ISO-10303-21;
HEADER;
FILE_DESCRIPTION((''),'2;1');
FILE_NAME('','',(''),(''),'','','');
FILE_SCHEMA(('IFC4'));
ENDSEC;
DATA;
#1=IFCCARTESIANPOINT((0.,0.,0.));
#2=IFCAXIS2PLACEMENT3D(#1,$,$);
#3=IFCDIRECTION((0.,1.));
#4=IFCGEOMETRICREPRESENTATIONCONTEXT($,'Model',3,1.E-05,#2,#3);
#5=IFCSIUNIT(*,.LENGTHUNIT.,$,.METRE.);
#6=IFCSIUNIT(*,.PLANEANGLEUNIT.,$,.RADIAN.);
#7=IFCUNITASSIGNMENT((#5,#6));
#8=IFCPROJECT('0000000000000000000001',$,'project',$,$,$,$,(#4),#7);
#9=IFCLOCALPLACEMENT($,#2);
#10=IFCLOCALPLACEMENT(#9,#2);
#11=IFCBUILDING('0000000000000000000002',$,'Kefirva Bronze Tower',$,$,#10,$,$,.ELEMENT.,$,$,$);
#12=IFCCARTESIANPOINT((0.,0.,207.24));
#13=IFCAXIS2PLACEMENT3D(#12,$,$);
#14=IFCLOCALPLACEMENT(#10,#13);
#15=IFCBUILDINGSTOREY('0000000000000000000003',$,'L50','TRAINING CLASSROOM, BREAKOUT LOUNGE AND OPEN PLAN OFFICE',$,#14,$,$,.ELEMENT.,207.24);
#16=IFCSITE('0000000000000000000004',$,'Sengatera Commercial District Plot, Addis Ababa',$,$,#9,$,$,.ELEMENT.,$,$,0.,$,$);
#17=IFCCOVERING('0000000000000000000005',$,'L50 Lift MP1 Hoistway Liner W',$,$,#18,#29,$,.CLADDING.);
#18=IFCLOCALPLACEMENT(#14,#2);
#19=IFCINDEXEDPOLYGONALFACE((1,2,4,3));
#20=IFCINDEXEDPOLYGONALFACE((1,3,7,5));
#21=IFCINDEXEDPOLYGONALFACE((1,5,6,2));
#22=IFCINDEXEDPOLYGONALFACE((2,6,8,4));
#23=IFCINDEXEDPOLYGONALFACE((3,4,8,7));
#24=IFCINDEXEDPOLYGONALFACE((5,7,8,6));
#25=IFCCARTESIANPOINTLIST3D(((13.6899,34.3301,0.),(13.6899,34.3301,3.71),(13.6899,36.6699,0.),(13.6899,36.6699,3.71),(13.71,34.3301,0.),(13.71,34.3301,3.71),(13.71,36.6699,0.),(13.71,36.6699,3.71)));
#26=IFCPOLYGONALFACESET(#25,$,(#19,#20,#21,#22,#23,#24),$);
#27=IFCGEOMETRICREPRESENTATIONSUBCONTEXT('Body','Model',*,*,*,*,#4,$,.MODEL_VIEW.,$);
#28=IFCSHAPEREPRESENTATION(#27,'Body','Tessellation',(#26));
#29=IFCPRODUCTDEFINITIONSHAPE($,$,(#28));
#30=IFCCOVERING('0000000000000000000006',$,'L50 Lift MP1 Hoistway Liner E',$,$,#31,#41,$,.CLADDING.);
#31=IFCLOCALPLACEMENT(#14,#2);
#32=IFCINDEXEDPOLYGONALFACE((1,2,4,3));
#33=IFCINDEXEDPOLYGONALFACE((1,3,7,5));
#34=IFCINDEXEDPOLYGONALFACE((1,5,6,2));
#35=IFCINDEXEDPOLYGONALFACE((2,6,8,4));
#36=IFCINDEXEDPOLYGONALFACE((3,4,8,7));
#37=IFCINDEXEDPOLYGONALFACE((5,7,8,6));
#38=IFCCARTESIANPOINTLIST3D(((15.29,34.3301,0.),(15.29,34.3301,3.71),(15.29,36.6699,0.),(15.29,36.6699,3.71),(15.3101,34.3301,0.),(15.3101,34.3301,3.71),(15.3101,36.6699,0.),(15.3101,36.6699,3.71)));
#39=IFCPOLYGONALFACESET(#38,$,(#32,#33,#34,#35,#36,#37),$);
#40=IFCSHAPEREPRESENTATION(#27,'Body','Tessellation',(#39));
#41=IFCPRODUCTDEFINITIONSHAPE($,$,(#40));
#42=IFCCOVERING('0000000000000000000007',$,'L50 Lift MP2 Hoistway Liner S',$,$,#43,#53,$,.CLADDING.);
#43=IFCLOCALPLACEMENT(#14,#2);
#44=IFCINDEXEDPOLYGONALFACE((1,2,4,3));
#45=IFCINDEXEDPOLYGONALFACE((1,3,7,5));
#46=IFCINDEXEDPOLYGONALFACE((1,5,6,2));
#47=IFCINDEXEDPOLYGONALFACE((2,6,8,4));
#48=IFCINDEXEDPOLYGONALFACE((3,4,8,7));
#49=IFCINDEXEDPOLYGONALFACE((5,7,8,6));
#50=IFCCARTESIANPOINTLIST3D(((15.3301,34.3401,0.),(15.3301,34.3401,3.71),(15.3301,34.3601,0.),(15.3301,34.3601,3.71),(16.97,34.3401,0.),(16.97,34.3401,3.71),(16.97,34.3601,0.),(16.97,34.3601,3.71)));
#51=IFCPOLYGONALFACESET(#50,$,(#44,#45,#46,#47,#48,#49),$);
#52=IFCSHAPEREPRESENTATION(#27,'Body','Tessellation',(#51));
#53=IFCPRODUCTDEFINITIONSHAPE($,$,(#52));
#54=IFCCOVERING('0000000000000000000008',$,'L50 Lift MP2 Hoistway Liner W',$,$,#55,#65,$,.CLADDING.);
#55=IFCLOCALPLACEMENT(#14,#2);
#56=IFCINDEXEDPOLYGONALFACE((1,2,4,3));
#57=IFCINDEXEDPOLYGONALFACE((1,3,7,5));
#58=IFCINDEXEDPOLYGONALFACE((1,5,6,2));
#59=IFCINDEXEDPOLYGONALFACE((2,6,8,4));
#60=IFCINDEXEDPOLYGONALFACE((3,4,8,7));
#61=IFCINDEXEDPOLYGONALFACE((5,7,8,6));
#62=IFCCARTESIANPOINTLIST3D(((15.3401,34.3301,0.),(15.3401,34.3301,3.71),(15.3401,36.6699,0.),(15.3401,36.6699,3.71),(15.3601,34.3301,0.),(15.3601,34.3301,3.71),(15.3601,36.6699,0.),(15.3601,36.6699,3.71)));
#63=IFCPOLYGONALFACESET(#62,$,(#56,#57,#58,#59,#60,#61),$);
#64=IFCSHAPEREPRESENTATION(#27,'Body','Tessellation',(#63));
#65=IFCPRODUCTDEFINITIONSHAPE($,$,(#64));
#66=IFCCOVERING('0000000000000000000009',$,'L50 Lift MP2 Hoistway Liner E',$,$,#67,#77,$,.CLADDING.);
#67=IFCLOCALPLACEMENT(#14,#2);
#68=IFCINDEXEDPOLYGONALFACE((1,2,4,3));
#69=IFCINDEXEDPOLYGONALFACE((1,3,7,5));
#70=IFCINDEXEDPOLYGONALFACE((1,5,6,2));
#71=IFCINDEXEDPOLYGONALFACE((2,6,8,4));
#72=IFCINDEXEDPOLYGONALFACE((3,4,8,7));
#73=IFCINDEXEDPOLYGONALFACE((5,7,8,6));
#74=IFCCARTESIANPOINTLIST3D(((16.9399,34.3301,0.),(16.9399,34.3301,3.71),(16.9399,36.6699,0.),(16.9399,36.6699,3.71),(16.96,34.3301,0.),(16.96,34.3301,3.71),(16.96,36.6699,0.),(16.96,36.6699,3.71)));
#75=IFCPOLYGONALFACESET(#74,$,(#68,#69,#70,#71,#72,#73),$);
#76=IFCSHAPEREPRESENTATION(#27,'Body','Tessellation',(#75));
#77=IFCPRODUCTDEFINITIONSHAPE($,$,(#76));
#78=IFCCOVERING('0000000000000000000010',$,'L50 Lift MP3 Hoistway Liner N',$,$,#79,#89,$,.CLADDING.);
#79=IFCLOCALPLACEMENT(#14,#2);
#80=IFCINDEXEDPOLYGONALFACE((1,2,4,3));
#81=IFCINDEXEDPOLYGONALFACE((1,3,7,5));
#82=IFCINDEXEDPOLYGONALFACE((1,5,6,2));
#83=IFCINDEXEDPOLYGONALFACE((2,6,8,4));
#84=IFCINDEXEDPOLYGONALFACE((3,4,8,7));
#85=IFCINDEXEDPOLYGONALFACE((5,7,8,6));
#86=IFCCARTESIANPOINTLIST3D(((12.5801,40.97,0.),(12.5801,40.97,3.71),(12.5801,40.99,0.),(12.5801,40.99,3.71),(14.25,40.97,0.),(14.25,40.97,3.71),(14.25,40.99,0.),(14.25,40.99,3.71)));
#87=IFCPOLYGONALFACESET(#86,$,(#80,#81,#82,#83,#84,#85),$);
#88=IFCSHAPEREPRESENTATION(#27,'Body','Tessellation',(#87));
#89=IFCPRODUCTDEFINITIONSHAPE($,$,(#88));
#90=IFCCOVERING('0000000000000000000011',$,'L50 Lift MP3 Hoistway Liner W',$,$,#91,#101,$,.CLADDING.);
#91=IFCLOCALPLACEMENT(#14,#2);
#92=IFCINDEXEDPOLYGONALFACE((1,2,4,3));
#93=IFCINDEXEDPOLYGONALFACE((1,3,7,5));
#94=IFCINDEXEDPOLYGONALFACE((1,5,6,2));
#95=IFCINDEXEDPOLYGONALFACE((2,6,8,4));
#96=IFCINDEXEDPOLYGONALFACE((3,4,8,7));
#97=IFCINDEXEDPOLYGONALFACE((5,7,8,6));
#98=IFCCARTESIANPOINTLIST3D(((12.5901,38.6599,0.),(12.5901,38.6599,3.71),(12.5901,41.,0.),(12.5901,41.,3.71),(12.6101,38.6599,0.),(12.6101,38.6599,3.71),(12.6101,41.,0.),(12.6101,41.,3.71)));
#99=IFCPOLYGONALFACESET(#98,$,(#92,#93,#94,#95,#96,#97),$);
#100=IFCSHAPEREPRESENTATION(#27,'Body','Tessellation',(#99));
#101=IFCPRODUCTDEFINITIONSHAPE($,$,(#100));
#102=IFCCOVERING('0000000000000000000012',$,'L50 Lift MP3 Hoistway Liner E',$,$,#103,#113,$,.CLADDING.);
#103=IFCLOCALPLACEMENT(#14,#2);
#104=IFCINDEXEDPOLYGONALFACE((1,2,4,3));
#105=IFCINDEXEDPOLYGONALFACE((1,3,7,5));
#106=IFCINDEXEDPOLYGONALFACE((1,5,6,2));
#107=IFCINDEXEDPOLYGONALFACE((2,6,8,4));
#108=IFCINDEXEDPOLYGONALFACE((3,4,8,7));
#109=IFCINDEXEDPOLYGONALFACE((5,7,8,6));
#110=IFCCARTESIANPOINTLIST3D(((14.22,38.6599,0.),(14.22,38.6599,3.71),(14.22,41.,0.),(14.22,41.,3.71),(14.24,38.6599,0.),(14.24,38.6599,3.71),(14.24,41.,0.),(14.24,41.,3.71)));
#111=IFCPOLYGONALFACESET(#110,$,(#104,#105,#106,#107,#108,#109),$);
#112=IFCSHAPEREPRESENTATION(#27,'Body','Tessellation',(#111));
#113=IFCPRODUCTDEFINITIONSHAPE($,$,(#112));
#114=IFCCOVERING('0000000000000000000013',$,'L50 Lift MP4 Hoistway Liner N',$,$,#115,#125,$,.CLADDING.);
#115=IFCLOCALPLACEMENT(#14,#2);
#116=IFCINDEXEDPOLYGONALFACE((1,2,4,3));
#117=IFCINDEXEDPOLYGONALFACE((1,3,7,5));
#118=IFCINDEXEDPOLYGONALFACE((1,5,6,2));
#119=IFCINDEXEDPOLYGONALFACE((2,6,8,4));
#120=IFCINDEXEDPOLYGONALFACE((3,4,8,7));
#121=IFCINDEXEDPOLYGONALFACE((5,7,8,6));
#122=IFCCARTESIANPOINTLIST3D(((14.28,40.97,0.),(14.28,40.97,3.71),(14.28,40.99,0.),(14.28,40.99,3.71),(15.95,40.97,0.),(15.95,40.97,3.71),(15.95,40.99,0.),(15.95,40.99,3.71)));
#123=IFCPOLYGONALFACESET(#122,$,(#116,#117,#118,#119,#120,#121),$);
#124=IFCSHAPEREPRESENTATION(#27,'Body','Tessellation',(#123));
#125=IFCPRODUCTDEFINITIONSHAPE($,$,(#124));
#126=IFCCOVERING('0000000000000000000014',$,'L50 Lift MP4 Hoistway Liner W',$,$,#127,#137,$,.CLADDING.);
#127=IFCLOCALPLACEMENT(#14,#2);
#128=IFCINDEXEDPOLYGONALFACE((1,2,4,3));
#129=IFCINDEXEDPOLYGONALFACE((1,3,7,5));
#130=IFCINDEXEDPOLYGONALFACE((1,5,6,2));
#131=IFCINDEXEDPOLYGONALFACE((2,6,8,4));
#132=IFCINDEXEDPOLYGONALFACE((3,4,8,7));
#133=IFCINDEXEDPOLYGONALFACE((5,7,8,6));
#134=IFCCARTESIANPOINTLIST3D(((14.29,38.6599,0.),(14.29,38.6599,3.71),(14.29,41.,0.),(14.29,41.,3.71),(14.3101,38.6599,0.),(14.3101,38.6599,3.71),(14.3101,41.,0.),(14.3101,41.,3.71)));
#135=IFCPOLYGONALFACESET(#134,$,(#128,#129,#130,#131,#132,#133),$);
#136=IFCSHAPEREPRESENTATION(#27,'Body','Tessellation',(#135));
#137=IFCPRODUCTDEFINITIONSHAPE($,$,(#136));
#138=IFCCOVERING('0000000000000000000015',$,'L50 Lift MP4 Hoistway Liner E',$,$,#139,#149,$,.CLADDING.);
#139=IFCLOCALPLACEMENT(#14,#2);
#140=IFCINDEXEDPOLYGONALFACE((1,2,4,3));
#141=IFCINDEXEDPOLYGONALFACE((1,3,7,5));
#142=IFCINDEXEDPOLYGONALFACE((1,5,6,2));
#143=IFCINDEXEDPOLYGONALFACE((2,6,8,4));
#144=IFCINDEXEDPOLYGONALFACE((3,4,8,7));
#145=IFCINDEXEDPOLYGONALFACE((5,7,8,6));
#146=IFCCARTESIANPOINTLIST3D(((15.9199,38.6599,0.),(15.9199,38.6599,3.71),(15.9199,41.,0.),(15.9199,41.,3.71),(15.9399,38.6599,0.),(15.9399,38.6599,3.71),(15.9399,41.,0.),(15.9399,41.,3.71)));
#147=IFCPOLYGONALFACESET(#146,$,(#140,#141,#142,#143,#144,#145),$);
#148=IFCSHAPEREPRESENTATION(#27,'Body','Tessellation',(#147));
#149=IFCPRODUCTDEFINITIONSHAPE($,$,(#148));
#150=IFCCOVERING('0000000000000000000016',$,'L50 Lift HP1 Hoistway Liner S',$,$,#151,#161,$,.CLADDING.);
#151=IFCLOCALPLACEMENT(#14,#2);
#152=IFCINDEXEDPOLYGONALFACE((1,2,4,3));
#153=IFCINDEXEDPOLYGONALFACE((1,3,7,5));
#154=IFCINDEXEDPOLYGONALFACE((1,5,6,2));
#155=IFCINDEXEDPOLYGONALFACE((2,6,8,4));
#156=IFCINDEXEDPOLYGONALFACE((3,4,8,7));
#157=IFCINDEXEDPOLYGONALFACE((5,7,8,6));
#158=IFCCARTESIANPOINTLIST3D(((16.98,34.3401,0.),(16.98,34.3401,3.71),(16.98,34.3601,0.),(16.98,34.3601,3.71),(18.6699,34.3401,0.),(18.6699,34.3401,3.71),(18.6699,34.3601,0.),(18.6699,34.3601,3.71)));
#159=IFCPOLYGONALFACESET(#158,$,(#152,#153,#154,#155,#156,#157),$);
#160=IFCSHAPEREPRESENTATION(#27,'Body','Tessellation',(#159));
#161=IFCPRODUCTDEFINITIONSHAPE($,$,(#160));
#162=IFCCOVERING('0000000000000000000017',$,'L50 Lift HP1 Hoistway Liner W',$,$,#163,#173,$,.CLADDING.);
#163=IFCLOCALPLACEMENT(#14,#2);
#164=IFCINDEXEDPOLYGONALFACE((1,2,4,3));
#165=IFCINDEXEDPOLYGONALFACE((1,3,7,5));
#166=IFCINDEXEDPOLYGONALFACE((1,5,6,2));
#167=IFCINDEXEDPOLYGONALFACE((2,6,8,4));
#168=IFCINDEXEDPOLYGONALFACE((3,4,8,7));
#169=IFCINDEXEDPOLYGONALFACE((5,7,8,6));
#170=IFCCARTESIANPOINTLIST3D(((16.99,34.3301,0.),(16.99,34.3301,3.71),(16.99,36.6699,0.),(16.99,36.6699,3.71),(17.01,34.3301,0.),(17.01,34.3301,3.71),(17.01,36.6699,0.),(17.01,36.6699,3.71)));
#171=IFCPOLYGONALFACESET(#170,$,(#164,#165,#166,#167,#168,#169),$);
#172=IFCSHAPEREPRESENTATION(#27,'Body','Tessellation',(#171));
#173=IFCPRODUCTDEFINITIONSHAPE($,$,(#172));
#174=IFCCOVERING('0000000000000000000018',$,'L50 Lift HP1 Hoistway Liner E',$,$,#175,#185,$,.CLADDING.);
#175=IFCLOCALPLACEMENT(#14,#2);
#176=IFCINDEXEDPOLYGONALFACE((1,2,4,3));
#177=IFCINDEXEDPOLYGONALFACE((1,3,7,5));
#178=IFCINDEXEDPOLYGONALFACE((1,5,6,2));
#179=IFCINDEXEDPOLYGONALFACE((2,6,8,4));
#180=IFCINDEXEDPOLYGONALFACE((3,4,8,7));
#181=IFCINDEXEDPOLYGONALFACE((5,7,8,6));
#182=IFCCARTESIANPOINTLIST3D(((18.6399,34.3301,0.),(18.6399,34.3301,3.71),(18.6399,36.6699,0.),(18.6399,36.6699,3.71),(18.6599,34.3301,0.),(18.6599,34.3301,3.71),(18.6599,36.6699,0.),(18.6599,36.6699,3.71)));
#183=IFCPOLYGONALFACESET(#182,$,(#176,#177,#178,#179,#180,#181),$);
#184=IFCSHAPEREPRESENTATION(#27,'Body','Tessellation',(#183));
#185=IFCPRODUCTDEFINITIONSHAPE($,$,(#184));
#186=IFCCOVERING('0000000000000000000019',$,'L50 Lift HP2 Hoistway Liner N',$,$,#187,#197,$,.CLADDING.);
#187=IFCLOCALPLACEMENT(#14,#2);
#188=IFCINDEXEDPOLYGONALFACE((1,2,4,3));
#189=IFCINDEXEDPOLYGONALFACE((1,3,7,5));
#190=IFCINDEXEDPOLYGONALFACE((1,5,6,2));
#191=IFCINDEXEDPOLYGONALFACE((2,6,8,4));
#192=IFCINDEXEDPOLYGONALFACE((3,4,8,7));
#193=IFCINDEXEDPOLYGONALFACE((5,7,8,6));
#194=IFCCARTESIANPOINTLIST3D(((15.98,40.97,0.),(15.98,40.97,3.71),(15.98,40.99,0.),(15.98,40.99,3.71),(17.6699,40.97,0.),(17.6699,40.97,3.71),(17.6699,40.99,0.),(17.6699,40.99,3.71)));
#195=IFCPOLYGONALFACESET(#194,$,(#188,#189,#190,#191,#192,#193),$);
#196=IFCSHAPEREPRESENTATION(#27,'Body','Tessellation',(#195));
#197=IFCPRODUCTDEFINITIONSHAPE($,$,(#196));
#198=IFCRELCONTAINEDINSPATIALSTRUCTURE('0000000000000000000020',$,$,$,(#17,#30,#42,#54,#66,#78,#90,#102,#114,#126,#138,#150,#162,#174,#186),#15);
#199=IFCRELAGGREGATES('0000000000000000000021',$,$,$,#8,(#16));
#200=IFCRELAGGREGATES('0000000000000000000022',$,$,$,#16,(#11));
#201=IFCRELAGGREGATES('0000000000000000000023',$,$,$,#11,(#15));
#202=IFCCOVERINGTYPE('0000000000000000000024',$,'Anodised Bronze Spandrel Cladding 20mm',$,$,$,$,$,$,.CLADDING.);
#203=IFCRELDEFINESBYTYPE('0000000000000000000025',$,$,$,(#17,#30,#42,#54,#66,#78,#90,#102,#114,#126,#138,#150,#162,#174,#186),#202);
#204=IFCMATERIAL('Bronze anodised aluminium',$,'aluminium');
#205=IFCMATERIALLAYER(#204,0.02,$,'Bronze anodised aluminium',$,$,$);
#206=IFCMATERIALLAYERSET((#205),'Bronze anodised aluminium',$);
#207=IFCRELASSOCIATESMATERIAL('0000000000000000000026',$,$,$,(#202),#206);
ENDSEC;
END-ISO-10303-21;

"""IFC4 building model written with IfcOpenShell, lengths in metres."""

from ifc_helpers import new_model, si_unit, direction, frame, origin, place, context, subcontext, project, spatial, polyline, outline, extrude, material, layer, layer_set, type_object, element, save


model = new_model("IFC4")

# Units and contexts
model_context = context("Model", 3, precision=1e-05, world=origin(), true_north=direction((0.0, 1.0)))
body_context = subcontext(model_context, "Body", "Model", "MODEL_VIEW")
ifc_project = project(units=[si_unit("LENGTHUNIT", "METRE"), si_unit("PLANEANGLEUNIT", "RADIAN")], contexts=[model_context])

# Site, building, storey
site_placement = place(None, origin())
site = spatial("IfcSite", under=ifc_project, at=site_placement, Name="Sengatera Commercial District Plot, Addis Ababa", CompositionType="ELEMENT", RefElevation=0.0)
building_placement = place(site_placement, origin())
building = spatial("IfcBuilding", under=site, at=building_placement, Name="Kefirva Bronze Tower", CompositionType="ELEMENT")
storey_placement = place(building_placement, frame((0.0, 0.0, 207.24)))
storey = spatial("IfcBuildingStorey", under=building, at=storey_placement, Name="L50", Description="TRAINING CLASSROOM, BREAKOUT LOUNGE AND OPEN PLAN OFFICE", CompositionType="ELEMENT", Elevation=207.24)

# Coverings
ifc_material = material(Name="Bronze anodised aluminium", Category="aluminium")
ifc_layer_1 = layer(ifc_material, 0.02, Name="Bronze anodised aluminium")
ifc_layer_set_1 = layer_set([ifc_layer_1], Name="Bronze anodised aluminium")
covering_type_1 = type_object("IfcCoveringType", Name="Anodised Bronze Spandrel Cladding 20mm", PredefinedType="CLADDING", material=ifc_layer_set_1)
covering_1_placement = place(storey_placement, origin())
element("IfcCovering", 1, at=covering_1_placement, inside=storey, type_object=covering_type_1, Name="L50 Lift MP1 Hoistway Liner W", PredefinedType="CLADDING", context=body_context, shape_type="SweptSolid", body=[
    extrude(outline(polyline([(13.6899, 34.3301), (13.71, 34.3301), (13.71, 36.6699), (13.6899, 36.6699), (13.6899, 34.3301)])), origin(), (0.0, 0.0, 1.0), 3.71),
])
covering_2_placement = place(storey_placement, origin())
element("IfcCovering", 2, at=covering_2_placement, inside=storey, type_object=covering_type_1, Name="L50 Lift MP1 Hoistway Liner E", PredefinedType="CLADDING", context=body_context, shape_type="SweptSolid", body=[
    extrude(outline(polyline([(15.29, 34.3301), (15.3101, 34.3301), (15.3101, 36.6699), (15.29, 36.6699), (15.29, 34.3301)])), origin(), (0.0, 0.0, 1.0), 3.71),
])
covering_3_placement = place(storey_placement, origin())
element("IfcCovering", 3, at=covering_3_placement, inside=storey, type_object=covering_type_1, Name="L50 Lift MP2 Hoistway Liner S", PredefinedType="CLADDING", context=body_context, shape_type="SweptSolid", body=[
    extrude(outline(polyline([(15.3301, 34.3401), (16.97, 34.3401), (16.97, 34.3601), (15.3301, 34.3601), (15.3301, 34.3401)])), origin(), (0.0, 0.0, 1.0), 3.71),
])
covering_4_placement = place(storey_placement, origin())
element("IfcCovering", 4, at=covering_4_placement, inside=storey, type_object=covering_type_1, Name="L50 Lift MP2 Hoistway Liner W", PredefinedType="CLADDING", context=body_context, shape_type="SweptSolid", body=[
    extrude(outline(polyline([(15.3401, 34.3301), (15.3601, 34.3301), (15.3601, 36.6699), (15.3401, 36.6699), (15.3401, 34.3301)])), origin(), (0.0, 0.0, 1.0), 3.71),
])
covering_5_placement = place(storey_placement, origin())
element("IfcCovering", 5, at=covering_5_placement, inside=storey, type_object=covering_type_1, Name="L50 Lift MP2 Hoistway Liner E", PredefinedType="CLADDING", context=body_context, shape_type="SweptSolid", body=[
    extrude(outline(polyline([(16.9399, 34.3301), (16.96, 34.3301), (16.96, 36.6699), (16.9399, 36.6699), (16.9399, 34.3301)])), origin(), (0.0, 0.0, 1.0), 3.71),
])
covering_6_placement = place(storey_placement, origin())
element("IfcCovering", 6, at=covering_6_placement, inside=storey, type_object=covering_type_1, Name="L50 Lift MP3 Hoistway Liner N", PredefinedType="CLADDING", context=body_context, shape_type="SweptSolid", body=[
    extrude(outline(polyline([(12.5801, 40.97), (14.25, 40.97), (14.25, 40.99), (12.5801, 40.99), (12.5801, 40.97)])), origin(), (0.0, 0.0, 1.0), 3.71),
])
covering_7_placement = place(storey_placement, origin())
element("IfcCovering", 7, at=covering_7_placement, inside=storey, type_object=covering_type_1, Name="L50 Lift MP3 Hoistway Liner W", PredefinedType="CLADDING", context=body_context, shape_type="SweptSolid", body=[
    extrude(outline(polyline([(12.5901, 38.6599), (12.6101, 38.6599), (12.6101, 41.0), (12.5901, 41.0), (12.5901, 38.6599)])), origin(), (0.0, 0.0, 1.0), 3.71),
])
covering_8_placement = place(storey_placement, origin())
element("IfcCovering", 8, at=covering_8_placement, inside=storey, type_object=covering_type_1, Name="L50 Lift MP3 Hoistway Liner E", PredefinedType="CLADDING", context=body_context, shape_type="SweptSolid", body=[
    extrude(outline(polyline([(14.22, 38.6599), (14.24, 38.6599), (14.24, 41.0), (14.22, 41.0), (14.22, 38.6599)])), origin(), (0.0, 0.0, 1.0), 3.71),
])
covering_9_placement = place(storey_placement, origin())
element("IfcCovering", 9, at=covering_9_placement, inside=storey, type_object=covering_type_1, Name="L50 Lift MP4 Hoistway Liner N", PredefinedType="CLADDING", context=body_context, shape_type="SweptSolid", body=[
    extrude(outline(polyline([(14.28, 40.97), (15.95, 40.97), (15.95, 40.99), (14.28, 40.99), (14.28, 40.97)])), origin(), (0.0, 0.0, 1.0), 3.71),
])
covering_10_placement = place(storey_placement, origin())
element("IfcCovering", 10, at=covering_10_placement, inside=storey, type_object=covering_type_1, Name="L50 Lift MP4 Hoistway Liner W", PredefinedType="CLADDING", context=body_context, shape_type="SweptSolid", body=[
    extrude(outline(polyline([(14.29, 38.6599), (14.3101, 38.6599), (14.3101, 41.0), (14.29, 41.0), (14.29, 38.6599)])), origin(), (0.0, 0.0, 1.0), 3.71),
])
covering_11_placement = place(storey_placement, origin())
element("IfcCovering", 11, at=covering_11_placement, inside=storey, type_object=covering_type_1, Name="L50 Lift MP4 Hoistway Liner E", PredefinedType="CLADDING", context=body_context, shape_type="SweptSolid", body=[
    extrude(outline(polyline([(15.9199, 38.6599), (15.9399, 38.6599), (15.9399, 41.0), (15.9199, 41.0), (15.9199, 38.6599)])), origin(), (0.0, 0.0, 1.0), 3.71),
])
covering_12_placement = place(storey_placement, origin())
element("IfcCovering", 12, at=covering_12_placement, inside=storey, type_object=covering_type_1, Name="L50 Lift HP1 Hoistway Liner S", PredefinedType="CLADDING", context=body_context, shape_type="SweptSolid", body=[
    extrude(outline(polyline([(16.98, 34.3401), (18.6699, 34.3401), (18.6699, 34.3601), (16.98, 34.3601), (16.98, 34.3401)])), origin(), (0.0, 0.0, 1.0), 3.71),
])
covering_13_placement = place(storey_placement, origin())
element("IfcCovering", 13, at=covering_13_placement, inside=storey, type_object=covering_type_1, Name="L50 Lift HP1 Hoistway Liner W", PredefinedType="CLADDING", context=body_context, shape_type="SweptSolid", body=[
    extrude(outline(polyline([(16.99, 34.3301), (17.01, 34.3301), (17.01, 36.6699), (16.99, 36.6699), (16.99, 34.3301)])), origin(), (0.0, 0.0, 1.0), 3.71),
])
covering_14_placement = place(storey_placement, origin())
element("IfcCovering", 14, at=covering_14_placement, inside=storey, type_object=covering_type_1, Name="L50 Lift HP1 Hoistway Liner E", PredefinedType="CLADDING", context=body_context, shape_type="SweptSolid", body=[
    extrude(outline(polyline([(18.6399, 34.3301), (18.6599, 34.3301), (18.6599, 36.6699), (18.6399, 36.6699), (18.6399, 34.3301)])), origin(), (0.0, 0.0, 1.0), 3.71),
])
covering_15_placement = place(storey_placement, origin())
element("IfcCovering", 15, at=covering_15_placement, inside=storey, type_object=covering_type_1, Name="L50 Lift HP2 Hoistway Liner N", PredefinedType="CLADDING", context=body_context, shape_type="SweptSolid", body=[
    extrude(outline(polyline([(15.98, 40.97), (17.6699, 40.97), (17.6699, 40.99), (15.98, 40.99), (15.98, 40.97)])), origin(), (0.0, 0.0, 1.0), 3.71),
])

save(model, "model.ifc")
